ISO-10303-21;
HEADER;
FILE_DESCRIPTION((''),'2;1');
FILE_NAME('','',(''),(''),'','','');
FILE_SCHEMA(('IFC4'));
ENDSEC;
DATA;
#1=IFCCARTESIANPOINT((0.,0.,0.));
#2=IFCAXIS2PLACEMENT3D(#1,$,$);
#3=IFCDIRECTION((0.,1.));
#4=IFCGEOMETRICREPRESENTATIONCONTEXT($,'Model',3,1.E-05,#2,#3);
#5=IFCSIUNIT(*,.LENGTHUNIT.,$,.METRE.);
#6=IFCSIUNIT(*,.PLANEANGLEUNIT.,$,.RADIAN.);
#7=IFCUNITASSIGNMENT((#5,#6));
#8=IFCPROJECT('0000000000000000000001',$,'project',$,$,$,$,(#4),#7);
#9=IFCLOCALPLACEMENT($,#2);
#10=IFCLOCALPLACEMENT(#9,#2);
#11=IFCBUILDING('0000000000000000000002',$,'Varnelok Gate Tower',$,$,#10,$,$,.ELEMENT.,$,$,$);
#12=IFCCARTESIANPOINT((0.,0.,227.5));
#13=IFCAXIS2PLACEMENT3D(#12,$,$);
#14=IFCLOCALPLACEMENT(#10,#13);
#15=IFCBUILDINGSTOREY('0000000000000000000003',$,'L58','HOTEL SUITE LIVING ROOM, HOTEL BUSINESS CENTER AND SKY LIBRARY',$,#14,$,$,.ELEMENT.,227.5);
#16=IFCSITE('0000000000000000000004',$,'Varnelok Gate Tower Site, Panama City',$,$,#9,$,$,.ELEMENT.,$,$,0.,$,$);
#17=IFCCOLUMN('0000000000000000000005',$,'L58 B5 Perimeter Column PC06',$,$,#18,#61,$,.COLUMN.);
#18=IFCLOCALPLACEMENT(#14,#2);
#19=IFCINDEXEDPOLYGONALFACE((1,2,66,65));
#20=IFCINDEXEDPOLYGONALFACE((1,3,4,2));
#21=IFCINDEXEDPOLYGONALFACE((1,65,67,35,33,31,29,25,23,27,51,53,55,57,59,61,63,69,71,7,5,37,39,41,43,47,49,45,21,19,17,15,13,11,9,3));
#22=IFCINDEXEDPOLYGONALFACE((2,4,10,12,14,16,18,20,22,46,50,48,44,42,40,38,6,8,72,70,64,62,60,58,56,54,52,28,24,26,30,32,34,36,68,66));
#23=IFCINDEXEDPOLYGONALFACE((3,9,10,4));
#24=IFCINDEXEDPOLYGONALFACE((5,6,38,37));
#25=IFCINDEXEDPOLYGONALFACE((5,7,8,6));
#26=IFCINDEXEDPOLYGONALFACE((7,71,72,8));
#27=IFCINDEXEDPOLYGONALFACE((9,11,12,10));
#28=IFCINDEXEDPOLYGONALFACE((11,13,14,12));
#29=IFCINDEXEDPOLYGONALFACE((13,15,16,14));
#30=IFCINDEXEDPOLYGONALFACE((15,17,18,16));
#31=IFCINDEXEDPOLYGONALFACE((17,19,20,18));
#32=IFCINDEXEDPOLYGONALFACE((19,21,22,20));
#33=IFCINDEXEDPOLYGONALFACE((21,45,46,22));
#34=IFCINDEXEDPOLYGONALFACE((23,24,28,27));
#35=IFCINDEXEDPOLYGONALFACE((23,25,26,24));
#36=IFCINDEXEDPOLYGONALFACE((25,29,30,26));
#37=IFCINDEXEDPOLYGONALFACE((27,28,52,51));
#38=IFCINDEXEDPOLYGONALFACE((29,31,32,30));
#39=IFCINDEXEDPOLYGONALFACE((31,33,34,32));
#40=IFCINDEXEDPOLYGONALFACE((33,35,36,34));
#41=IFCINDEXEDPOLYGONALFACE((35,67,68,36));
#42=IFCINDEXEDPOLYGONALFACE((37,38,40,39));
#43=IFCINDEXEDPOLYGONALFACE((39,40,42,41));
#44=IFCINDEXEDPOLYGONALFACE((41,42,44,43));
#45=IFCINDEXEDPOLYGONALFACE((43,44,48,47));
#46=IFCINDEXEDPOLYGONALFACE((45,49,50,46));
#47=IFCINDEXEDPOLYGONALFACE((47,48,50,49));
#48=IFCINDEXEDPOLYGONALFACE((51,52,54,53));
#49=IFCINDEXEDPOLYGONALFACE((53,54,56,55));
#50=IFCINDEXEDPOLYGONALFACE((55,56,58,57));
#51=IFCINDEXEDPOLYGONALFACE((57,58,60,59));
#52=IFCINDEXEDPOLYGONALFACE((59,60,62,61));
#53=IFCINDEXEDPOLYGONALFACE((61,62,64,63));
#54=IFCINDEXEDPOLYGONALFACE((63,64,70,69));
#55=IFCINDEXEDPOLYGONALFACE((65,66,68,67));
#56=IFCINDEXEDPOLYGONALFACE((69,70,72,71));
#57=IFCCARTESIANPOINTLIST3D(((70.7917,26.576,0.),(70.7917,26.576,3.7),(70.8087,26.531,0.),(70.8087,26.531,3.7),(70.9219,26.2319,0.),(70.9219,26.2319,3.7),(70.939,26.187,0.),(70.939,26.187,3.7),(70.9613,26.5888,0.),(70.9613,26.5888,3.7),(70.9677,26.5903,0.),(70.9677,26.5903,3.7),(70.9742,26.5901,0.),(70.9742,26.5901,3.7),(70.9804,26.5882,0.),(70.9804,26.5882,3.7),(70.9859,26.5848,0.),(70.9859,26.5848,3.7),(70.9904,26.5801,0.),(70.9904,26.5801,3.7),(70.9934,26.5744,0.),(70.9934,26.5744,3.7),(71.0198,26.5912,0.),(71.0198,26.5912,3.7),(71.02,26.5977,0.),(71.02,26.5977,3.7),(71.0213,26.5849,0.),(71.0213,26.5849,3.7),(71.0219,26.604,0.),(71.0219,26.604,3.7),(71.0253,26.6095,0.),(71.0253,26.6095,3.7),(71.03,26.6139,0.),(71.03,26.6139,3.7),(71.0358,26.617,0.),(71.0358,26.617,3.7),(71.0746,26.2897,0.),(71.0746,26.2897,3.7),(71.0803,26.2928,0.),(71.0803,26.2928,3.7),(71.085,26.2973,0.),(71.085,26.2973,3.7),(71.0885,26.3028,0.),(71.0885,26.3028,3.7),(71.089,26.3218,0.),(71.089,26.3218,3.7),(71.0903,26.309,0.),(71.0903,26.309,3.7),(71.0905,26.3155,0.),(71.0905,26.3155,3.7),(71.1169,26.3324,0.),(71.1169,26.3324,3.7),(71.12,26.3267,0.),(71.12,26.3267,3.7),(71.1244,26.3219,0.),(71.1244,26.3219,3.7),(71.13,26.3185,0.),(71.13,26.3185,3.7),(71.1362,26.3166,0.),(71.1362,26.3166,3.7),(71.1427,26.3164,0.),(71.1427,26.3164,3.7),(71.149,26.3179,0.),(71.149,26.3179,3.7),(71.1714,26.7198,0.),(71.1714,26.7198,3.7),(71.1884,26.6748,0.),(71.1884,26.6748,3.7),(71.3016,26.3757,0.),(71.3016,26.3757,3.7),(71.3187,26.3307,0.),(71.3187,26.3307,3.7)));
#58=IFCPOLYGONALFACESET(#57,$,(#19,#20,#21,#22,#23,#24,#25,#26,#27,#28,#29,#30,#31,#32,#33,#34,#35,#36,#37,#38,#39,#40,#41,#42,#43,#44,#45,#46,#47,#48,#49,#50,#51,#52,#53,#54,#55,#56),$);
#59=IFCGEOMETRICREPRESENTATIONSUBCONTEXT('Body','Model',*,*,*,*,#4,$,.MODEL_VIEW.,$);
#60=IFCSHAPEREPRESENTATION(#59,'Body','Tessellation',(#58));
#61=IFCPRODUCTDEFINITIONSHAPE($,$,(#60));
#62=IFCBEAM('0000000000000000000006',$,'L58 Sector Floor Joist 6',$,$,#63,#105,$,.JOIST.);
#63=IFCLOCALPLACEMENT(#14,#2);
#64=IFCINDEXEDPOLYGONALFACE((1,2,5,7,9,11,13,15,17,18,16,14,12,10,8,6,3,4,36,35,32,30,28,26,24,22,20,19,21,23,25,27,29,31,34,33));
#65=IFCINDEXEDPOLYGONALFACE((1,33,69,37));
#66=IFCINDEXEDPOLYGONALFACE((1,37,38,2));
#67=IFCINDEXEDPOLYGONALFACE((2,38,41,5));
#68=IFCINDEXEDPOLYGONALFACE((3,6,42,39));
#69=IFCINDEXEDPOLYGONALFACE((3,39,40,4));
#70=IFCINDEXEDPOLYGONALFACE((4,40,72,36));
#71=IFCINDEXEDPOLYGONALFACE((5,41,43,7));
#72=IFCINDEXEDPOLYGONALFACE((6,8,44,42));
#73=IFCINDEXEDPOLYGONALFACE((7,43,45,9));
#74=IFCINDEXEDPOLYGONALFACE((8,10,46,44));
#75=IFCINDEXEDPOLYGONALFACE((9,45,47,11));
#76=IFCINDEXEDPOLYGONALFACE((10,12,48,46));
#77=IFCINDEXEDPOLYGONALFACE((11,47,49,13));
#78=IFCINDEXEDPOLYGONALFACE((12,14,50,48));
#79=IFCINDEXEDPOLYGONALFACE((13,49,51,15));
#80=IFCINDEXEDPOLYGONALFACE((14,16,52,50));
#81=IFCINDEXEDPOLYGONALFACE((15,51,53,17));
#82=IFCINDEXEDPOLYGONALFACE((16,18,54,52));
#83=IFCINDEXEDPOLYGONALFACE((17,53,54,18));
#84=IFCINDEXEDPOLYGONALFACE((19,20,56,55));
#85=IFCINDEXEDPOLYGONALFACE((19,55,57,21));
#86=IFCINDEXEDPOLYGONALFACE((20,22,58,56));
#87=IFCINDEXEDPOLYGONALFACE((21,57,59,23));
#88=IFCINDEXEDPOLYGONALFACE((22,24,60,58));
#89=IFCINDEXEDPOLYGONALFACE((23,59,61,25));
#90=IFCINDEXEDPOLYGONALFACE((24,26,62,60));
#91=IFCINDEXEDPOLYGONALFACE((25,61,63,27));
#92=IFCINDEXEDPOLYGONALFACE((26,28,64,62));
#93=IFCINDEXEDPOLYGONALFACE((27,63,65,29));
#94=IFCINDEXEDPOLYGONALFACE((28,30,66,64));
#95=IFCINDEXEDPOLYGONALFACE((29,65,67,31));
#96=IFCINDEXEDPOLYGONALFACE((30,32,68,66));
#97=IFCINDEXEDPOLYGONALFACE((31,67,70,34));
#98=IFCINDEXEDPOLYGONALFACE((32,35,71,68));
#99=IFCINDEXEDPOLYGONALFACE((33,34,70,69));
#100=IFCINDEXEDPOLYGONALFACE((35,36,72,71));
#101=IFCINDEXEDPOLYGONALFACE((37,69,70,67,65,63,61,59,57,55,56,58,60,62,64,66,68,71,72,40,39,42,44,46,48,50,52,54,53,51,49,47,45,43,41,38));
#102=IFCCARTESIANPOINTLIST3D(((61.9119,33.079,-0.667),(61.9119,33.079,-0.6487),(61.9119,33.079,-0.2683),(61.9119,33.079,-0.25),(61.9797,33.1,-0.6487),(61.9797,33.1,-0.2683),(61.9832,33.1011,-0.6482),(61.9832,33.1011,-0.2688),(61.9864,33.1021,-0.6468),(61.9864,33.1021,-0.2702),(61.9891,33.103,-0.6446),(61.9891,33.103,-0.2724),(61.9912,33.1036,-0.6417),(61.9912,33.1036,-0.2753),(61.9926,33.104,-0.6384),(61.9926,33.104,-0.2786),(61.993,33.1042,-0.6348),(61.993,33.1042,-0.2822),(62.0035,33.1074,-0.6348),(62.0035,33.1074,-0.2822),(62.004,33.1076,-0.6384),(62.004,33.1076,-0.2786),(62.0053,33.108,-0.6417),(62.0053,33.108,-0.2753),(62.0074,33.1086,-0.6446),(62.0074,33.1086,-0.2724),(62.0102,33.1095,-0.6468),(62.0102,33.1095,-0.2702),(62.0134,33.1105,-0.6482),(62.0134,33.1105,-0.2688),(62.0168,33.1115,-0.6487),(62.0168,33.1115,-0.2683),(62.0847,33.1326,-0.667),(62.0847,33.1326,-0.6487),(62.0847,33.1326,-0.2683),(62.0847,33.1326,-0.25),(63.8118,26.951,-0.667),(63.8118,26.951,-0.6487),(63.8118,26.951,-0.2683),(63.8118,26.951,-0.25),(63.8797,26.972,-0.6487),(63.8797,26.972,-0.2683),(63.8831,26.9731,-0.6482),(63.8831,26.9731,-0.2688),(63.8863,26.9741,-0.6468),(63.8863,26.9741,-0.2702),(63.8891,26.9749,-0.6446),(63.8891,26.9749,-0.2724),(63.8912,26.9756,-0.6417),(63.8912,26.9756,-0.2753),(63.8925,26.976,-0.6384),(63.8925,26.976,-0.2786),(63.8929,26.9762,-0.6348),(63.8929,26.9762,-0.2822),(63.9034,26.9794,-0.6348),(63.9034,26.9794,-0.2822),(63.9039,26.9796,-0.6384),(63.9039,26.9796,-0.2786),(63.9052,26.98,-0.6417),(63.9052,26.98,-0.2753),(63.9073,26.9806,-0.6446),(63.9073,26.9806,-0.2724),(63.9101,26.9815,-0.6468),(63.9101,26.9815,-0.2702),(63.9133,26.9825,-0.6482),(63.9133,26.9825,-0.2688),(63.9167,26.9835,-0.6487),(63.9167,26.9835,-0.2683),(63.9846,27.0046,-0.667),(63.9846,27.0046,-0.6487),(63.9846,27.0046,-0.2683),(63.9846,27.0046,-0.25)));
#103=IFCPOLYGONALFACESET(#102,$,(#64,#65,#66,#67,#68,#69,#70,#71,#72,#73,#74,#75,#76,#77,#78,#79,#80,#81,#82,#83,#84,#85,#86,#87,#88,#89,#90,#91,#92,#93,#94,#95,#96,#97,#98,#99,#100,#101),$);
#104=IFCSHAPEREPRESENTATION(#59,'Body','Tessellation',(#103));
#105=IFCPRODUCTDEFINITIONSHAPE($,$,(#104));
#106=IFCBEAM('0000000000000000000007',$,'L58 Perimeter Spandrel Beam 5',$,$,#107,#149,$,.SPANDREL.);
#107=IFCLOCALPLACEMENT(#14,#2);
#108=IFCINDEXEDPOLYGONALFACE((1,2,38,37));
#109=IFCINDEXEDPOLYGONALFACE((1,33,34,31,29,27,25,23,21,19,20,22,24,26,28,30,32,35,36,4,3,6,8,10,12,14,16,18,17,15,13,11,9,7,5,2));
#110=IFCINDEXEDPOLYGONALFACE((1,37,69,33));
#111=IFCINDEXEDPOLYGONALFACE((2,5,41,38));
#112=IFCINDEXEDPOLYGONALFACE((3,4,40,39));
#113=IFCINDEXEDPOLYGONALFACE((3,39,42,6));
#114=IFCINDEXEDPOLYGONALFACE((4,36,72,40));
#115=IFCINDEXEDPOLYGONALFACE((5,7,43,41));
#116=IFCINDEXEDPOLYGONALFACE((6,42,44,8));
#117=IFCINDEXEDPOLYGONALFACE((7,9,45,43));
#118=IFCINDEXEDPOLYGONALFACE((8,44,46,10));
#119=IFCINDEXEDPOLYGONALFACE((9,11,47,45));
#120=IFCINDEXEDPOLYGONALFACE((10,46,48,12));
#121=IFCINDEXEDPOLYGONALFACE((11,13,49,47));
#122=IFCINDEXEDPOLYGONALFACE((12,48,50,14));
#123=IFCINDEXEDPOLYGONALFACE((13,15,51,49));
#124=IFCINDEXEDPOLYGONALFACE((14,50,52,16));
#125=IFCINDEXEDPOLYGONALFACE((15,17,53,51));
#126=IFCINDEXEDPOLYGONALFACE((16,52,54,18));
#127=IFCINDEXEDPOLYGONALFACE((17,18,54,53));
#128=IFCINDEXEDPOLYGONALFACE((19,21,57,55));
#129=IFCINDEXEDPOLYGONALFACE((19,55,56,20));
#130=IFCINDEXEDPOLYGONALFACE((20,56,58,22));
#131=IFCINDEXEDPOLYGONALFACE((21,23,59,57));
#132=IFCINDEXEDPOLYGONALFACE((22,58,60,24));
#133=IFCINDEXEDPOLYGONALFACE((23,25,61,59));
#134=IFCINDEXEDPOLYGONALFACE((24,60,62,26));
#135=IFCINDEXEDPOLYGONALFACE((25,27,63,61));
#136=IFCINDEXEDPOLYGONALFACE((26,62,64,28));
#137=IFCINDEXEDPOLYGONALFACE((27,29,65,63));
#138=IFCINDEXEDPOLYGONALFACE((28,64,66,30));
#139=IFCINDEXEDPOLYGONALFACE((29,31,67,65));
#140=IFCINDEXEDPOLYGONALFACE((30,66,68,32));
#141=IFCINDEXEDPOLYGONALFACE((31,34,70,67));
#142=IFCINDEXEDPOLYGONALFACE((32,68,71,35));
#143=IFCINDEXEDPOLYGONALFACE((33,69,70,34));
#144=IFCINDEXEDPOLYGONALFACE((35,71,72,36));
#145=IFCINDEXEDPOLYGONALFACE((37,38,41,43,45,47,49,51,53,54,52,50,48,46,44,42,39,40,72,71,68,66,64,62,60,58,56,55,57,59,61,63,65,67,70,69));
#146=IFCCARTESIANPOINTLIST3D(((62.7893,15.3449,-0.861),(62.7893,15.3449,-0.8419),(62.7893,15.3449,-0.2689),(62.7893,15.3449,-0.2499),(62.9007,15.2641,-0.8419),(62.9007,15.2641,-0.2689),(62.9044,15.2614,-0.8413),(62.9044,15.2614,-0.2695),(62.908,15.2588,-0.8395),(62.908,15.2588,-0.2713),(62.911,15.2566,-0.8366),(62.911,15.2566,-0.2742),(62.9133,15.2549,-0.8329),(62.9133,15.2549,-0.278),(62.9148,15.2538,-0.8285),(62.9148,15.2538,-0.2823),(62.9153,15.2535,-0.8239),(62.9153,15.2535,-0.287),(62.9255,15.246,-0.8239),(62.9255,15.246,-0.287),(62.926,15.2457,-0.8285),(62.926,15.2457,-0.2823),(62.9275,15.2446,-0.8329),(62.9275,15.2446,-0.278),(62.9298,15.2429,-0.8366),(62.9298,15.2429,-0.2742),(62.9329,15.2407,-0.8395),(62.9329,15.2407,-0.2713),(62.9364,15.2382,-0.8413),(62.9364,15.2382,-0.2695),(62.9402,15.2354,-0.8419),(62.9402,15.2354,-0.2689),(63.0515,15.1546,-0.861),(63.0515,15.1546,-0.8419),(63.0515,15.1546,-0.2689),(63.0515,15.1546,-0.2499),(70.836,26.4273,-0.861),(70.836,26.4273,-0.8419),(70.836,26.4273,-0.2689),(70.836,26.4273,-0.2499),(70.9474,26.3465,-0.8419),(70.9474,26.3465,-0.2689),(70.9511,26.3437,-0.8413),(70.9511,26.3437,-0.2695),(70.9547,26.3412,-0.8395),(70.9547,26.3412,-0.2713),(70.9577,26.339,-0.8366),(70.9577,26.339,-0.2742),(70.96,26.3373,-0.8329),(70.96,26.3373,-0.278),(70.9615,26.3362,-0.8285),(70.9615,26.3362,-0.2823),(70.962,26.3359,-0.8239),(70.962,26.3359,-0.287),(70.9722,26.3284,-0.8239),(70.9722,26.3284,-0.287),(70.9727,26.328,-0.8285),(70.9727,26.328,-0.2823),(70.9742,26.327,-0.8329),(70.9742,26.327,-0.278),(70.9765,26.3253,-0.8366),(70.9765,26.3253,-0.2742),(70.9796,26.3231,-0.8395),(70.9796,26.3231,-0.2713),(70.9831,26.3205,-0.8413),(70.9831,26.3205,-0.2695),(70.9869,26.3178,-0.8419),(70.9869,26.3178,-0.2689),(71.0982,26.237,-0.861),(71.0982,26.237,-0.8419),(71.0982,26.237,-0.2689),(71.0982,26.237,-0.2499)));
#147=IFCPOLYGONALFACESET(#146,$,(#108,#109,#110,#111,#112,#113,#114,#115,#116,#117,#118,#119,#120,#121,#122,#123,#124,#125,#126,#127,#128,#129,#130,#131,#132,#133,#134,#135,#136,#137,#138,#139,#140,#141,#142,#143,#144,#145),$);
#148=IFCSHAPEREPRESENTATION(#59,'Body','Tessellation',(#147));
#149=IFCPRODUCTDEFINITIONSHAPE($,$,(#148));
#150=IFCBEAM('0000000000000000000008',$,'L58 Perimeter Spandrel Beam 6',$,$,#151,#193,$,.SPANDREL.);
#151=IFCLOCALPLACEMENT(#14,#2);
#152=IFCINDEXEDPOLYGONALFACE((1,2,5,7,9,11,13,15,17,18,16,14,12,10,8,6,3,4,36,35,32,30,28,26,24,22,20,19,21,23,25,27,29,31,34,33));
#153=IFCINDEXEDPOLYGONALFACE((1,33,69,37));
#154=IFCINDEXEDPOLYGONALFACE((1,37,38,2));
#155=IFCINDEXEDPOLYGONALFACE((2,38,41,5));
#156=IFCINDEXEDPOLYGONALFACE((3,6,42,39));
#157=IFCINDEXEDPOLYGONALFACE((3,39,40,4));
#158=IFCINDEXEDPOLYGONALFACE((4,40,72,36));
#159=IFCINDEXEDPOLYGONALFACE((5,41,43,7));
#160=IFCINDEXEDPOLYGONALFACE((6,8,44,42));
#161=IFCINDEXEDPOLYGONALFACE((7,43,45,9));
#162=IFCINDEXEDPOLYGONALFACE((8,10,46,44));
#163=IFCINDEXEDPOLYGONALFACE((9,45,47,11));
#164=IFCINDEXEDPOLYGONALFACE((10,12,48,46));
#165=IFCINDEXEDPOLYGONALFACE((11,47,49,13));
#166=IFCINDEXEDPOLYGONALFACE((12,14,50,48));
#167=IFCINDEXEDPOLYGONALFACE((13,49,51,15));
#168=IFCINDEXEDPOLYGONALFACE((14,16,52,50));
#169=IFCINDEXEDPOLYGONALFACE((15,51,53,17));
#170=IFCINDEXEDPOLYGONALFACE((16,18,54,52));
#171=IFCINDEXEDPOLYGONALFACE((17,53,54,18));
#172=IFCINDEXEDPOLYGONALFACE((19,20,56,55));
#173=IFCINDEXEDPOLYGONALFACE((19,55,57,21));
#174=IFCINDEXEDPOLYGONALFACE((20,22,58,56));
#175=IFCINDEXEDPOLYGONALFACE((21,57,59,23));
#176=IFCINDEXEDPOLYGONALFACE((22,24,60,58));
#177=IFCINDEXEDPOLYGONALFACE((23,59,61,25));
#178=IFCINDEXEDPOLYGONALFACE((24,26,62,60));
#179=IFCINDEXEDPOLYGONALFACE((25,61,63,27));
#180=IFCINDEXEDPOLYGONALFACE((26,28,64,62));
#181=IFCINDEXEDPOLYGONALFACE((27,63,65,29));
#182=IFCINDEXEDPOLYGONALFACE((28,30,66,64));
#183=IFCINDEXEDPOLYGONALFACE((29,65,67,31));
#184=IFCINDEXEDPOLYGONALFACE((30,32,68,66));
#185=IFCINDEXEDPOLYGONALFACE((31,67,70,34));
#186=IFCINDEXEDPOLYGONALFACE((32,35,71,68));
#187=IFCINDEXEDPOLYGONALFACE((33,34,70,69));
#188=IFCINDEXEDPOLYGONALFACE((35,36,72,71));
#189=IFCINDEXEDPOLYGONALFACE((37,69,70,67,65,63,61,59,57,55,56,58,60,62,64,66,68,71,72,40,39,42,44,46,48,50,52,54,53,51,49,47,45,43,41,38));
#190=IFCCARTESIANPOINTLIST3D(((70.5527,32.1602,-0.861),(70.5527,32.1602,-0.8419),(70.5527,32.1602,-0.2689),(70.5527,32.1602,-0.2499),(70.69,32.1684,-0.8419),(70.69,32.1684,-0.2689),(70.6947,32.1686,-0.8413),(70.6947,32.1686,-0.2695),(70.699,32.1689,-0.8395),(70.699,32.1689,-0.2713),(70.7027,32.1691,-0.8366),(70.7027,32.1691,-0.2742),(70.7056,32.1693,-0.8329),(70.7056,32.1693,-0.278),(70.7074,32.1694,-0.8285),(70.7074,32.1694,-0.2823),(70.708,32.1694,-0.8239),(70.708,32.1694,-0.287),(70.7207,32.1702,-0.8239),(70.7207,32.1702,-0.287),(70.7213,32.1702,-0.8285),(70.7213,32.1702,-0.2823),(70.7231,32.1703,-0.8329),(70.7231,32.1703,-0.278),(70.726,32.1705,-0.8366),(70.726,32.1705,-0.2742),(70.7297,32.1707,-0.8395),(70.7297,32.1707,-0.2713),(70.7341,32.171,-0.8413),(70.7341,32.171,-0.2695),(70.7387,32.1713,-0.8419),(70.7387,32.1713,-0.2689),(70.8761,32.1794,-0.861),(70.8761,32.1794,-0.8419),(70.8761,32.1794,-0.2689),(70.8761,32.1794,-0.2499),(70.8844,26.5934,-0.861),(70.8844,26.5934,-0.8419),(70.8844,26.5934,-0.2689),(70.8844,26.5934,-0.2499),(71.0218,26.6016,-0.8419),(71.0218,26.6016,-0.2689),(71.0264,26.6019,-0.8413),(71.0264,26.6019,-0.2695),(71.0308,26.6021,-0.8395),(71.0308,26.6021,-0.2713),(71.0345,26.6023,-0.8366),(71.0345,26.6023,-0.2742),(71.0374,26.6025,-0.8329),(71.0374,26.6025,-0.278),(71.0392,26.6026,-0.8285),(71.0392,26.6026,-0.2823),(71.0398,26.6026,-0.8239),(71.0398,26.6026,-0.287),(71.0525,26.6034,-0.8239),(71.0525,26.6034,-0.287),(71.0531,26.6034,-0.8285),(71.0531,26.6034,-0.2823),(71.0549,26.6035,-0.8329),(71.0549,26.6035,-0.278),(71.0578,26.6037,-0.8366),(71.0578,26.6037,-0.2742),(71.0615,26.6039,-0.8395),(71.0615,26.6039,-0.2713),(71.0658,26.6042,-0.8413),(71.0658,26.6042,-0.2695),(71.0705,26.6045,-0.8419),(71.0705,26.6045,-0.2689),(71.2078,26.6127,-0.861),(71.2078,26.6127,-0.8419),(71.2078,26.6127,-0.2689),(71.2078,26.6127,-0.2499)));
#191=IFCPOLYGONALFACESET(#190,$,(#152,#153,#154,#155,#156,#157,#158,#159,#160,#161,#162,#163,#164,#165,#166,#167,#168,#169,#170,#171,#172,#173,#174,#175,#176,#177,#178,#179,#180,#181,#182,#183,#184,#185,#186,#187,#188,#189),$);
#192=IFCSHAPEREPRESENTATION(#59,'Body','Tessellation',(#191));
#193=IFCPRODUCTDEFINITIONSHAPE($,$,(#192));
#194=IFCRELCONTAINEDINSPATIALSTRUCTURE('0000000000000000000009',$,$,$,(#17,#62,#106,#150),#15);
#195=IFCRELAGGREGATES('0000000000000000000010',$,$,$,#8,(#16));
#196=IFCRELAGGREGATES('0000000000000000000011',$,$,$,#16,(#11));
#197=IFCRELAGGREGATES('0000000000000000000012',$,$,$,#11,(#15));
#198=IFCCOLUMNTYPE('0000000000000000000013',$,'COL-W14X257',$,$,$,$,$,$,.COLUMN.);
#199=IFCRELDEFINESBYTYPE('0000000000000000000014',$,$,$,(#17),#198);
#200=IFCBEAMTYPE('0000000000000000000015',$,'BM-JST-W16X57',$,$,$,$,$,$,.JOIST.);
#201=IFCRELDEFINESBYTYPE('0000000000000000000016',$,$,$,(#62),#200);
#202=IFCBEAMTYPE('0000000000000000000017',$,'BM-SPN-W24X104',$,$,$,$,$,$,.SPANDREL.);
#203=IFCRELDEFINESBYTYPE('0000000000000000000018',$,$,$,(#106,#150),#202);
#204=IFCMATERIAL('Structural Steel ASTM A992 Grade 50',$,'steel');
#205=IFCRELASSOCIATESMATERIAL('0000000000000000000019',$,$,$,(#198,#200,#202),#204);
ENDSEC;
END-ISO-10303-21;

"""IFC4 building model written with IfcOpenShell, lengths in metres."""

from ifc_helpers import new_model, si_unit, direction, frame, origin, origin_2d, place, context, subcontext, project, spatial, i_section, extrude, material, material_profile, profile_set, type_object, element, save


model = new_model("IFC4")

# Units and contexts
model_context = context("Model", 3, precision=1e-05, world=origin(), true_north=direction((0.0, 1.0)))
body_context = subcontext(model_context, "Body", "Model", "MODEL_VIEW")
ifc_project = project(units=[si_unit("LENGTHUNIT", "METRE"), si_unit("PLANEANGLEUNIT", "RADIAN")], contexts=[model_context])

# Site, building, storey
site_placement = place(None, origin())
site = spatial("IfcSite", under=ifc_project, at=site_placement, Name="Varnelok Gate Tower Site, Panama City", CompositionType="ELEMENT", RefElevation=0.0)
building_placement = place(site_placement, origin())
building = spatial("IfcBuilding", under=site, at=building_placement, Name="Varnelok Gate Tower", CompositionType="ELEMENT")
storey_placement = place(building_placement, frame((0.0, 0.0, 227.5)))
storey = spatial("IfcBuildingStorey", under=building, at=storey_placement, Name="L58", Description="HOTEL SUITE LIVING ROOM, HOTEL BUSINESS CENTER AND SKY LIBRARY", CompositionType="ELEMENT", Elevation=227.5)

# Column
ifc_material_1 = material(Name="Structural Steel ASTM A992 Grade 50", Category="steel")
ifc_material_profile_1 = material_profile(ifc_material_1, i_section(OverallWidth=0.406, OverallDepth=0.416, WebThickness=0.0298, FlangeThickness=0.0481, FilletRadius=0.0249, at=origin_2d()), Name="W14X257")
ifc_profile_set_1 = profile_set([ifc_material_profile_1], Name="Structural Steel ASTM A992 Grade 50")
column_type = type_object("IfcColumnType", Name="COL-W14X257", PredefinedType="COLUMN", material=ifc_profile_set_1)
column_placement = place(storey_placement, frame((71.0552, 26.4534, 0.0), z_axis=(0.0, 0.0, 1.0), x_axis=(0.935222, 0.354063, 0.0)))
element("IfcColumn", 1, at=column_placement, inside=storey, type_object=column_type, Name="L58 B5 Perimeter Column PC06", PredefinedType="COLUMN", context=body_context, shape_type="SweptSolid", body=[
    extrude(i_section(OverallWidth=0.406, OverallDepth=0.416, WebThickness=0.0298, FlangeThickness=0.0481, FilletRadius=0.0249, at=origin_2d()), origin(), (0.0, 0.0, 1.0), 3.7),
])

# Beams
ifc_material_profile_2 = material_profile(ifc_material_1, i_section(OverallWidth=0.1809, OverallDepth=0.417, WebThickness=0.011, FlangeThickness=0.0183, FilletRadius=0.0139, at=origin_2d()), Name="W16X57")
ifc_profile_set_2 = profile_set([ifc_material_profile_2], Name="Structural Steel ASTM A992 Grade 50")
beam_type_1 = type_object("IfcBeamType", Name="BM-JST-W16X57", PredefinedType="JOIST", material=ifc_profile_set_2)
beam_1_placement = place(storey_placement, frame((63.8982, 26.9778, -0.4585), z_axis=(-0.296133, 0.955147, 0.0), x_axis=(-0.955147, -0.296133, 0.0)))
element("IfcBeam", 2, at=beam_1_placement, inside=storey, type_object=beam_type_1, Name="L58 Sector Floor Joist 6", PredefinedType="JOIST", context=body_context, shape_type="SweptSolid", body=[
    extrude(i_section(OverallWidth=0.1809, OverallDepth=0.417, WebThickness=0.011, FlangeThickness=0.0183, FilletRadius=0.0139, at=origin_2d()), origin(), (0.0, 0.0, 1.0), 6.4158),
])
ifc_material_profile_3 = material_profile(ifc_material_1, i_section(OverallWidth=0.324, OverallDepth=0.6111, WebThickness=0.0127, FlangeThickness=0.019, FilletRadius=0.0181, at=origin_2d()), Name="W24X104")
ifc_profile_set_3 = profile_set([ifc_material_profile_3], Name="Structural Steel ASTM A992 Grade 50")
beam_type_2 = type_object("IfcBeamType", Name="BM-SPN-W24X104", PredefinedType="SPANDREL", material=ifc_profile_set_3)
beam_2_placement = place(storey_placement, frame((62.9204, 15.2498, -0.5554), z_axis=(0.587541, 0.809195, 0.0), x_axis=(-0.809195, 0.587541, 0.0)))
element("IfcBeam", 3, at=beam_2_placement, inside=storey, type_object=beam_type_2, Name="L58 Perimeter Spandrel Beam 5", PredefinedType="SPANDREL", context=body_context, shape_type="SweptSolid", body=[
    extrude(i_section(OverallWidth=0.324, OverallDepth=0.6111, WebThickness=0.0127, FlangeThickness=0.019, FilletRadius=0.0181, at=origin_2d()), origin(), (0.0, 0.0, 1.0), 13.6956),
])
beam_3_placement = place(storey_placement, frame((71.0461, 26.603, -0.5554), z_axis=(-0.059494, 0.998229, 0.0), x_axis=(-0.998229, -0.059494, 0.0)))
element("IfcBeam", 4, at=beam_3_placement, inside=storey, type_object=beam_type_2, Name="L58 Perimeter Spandrel Beam 6", PredefinedType="SPANDREL", context=body_context, shape_type="SweptSolid", body=[
    extrude(i_section(OverallWidth=0.324, OverallDepth=0.6111, WebThickness=0.0127, FlangeThickness=0.019, FilletRadius=0.0181, at=origin_2d()), origin(), (0.0, 0.0, 1.0), 5.5767),
])

save(model, "model.ifc")
